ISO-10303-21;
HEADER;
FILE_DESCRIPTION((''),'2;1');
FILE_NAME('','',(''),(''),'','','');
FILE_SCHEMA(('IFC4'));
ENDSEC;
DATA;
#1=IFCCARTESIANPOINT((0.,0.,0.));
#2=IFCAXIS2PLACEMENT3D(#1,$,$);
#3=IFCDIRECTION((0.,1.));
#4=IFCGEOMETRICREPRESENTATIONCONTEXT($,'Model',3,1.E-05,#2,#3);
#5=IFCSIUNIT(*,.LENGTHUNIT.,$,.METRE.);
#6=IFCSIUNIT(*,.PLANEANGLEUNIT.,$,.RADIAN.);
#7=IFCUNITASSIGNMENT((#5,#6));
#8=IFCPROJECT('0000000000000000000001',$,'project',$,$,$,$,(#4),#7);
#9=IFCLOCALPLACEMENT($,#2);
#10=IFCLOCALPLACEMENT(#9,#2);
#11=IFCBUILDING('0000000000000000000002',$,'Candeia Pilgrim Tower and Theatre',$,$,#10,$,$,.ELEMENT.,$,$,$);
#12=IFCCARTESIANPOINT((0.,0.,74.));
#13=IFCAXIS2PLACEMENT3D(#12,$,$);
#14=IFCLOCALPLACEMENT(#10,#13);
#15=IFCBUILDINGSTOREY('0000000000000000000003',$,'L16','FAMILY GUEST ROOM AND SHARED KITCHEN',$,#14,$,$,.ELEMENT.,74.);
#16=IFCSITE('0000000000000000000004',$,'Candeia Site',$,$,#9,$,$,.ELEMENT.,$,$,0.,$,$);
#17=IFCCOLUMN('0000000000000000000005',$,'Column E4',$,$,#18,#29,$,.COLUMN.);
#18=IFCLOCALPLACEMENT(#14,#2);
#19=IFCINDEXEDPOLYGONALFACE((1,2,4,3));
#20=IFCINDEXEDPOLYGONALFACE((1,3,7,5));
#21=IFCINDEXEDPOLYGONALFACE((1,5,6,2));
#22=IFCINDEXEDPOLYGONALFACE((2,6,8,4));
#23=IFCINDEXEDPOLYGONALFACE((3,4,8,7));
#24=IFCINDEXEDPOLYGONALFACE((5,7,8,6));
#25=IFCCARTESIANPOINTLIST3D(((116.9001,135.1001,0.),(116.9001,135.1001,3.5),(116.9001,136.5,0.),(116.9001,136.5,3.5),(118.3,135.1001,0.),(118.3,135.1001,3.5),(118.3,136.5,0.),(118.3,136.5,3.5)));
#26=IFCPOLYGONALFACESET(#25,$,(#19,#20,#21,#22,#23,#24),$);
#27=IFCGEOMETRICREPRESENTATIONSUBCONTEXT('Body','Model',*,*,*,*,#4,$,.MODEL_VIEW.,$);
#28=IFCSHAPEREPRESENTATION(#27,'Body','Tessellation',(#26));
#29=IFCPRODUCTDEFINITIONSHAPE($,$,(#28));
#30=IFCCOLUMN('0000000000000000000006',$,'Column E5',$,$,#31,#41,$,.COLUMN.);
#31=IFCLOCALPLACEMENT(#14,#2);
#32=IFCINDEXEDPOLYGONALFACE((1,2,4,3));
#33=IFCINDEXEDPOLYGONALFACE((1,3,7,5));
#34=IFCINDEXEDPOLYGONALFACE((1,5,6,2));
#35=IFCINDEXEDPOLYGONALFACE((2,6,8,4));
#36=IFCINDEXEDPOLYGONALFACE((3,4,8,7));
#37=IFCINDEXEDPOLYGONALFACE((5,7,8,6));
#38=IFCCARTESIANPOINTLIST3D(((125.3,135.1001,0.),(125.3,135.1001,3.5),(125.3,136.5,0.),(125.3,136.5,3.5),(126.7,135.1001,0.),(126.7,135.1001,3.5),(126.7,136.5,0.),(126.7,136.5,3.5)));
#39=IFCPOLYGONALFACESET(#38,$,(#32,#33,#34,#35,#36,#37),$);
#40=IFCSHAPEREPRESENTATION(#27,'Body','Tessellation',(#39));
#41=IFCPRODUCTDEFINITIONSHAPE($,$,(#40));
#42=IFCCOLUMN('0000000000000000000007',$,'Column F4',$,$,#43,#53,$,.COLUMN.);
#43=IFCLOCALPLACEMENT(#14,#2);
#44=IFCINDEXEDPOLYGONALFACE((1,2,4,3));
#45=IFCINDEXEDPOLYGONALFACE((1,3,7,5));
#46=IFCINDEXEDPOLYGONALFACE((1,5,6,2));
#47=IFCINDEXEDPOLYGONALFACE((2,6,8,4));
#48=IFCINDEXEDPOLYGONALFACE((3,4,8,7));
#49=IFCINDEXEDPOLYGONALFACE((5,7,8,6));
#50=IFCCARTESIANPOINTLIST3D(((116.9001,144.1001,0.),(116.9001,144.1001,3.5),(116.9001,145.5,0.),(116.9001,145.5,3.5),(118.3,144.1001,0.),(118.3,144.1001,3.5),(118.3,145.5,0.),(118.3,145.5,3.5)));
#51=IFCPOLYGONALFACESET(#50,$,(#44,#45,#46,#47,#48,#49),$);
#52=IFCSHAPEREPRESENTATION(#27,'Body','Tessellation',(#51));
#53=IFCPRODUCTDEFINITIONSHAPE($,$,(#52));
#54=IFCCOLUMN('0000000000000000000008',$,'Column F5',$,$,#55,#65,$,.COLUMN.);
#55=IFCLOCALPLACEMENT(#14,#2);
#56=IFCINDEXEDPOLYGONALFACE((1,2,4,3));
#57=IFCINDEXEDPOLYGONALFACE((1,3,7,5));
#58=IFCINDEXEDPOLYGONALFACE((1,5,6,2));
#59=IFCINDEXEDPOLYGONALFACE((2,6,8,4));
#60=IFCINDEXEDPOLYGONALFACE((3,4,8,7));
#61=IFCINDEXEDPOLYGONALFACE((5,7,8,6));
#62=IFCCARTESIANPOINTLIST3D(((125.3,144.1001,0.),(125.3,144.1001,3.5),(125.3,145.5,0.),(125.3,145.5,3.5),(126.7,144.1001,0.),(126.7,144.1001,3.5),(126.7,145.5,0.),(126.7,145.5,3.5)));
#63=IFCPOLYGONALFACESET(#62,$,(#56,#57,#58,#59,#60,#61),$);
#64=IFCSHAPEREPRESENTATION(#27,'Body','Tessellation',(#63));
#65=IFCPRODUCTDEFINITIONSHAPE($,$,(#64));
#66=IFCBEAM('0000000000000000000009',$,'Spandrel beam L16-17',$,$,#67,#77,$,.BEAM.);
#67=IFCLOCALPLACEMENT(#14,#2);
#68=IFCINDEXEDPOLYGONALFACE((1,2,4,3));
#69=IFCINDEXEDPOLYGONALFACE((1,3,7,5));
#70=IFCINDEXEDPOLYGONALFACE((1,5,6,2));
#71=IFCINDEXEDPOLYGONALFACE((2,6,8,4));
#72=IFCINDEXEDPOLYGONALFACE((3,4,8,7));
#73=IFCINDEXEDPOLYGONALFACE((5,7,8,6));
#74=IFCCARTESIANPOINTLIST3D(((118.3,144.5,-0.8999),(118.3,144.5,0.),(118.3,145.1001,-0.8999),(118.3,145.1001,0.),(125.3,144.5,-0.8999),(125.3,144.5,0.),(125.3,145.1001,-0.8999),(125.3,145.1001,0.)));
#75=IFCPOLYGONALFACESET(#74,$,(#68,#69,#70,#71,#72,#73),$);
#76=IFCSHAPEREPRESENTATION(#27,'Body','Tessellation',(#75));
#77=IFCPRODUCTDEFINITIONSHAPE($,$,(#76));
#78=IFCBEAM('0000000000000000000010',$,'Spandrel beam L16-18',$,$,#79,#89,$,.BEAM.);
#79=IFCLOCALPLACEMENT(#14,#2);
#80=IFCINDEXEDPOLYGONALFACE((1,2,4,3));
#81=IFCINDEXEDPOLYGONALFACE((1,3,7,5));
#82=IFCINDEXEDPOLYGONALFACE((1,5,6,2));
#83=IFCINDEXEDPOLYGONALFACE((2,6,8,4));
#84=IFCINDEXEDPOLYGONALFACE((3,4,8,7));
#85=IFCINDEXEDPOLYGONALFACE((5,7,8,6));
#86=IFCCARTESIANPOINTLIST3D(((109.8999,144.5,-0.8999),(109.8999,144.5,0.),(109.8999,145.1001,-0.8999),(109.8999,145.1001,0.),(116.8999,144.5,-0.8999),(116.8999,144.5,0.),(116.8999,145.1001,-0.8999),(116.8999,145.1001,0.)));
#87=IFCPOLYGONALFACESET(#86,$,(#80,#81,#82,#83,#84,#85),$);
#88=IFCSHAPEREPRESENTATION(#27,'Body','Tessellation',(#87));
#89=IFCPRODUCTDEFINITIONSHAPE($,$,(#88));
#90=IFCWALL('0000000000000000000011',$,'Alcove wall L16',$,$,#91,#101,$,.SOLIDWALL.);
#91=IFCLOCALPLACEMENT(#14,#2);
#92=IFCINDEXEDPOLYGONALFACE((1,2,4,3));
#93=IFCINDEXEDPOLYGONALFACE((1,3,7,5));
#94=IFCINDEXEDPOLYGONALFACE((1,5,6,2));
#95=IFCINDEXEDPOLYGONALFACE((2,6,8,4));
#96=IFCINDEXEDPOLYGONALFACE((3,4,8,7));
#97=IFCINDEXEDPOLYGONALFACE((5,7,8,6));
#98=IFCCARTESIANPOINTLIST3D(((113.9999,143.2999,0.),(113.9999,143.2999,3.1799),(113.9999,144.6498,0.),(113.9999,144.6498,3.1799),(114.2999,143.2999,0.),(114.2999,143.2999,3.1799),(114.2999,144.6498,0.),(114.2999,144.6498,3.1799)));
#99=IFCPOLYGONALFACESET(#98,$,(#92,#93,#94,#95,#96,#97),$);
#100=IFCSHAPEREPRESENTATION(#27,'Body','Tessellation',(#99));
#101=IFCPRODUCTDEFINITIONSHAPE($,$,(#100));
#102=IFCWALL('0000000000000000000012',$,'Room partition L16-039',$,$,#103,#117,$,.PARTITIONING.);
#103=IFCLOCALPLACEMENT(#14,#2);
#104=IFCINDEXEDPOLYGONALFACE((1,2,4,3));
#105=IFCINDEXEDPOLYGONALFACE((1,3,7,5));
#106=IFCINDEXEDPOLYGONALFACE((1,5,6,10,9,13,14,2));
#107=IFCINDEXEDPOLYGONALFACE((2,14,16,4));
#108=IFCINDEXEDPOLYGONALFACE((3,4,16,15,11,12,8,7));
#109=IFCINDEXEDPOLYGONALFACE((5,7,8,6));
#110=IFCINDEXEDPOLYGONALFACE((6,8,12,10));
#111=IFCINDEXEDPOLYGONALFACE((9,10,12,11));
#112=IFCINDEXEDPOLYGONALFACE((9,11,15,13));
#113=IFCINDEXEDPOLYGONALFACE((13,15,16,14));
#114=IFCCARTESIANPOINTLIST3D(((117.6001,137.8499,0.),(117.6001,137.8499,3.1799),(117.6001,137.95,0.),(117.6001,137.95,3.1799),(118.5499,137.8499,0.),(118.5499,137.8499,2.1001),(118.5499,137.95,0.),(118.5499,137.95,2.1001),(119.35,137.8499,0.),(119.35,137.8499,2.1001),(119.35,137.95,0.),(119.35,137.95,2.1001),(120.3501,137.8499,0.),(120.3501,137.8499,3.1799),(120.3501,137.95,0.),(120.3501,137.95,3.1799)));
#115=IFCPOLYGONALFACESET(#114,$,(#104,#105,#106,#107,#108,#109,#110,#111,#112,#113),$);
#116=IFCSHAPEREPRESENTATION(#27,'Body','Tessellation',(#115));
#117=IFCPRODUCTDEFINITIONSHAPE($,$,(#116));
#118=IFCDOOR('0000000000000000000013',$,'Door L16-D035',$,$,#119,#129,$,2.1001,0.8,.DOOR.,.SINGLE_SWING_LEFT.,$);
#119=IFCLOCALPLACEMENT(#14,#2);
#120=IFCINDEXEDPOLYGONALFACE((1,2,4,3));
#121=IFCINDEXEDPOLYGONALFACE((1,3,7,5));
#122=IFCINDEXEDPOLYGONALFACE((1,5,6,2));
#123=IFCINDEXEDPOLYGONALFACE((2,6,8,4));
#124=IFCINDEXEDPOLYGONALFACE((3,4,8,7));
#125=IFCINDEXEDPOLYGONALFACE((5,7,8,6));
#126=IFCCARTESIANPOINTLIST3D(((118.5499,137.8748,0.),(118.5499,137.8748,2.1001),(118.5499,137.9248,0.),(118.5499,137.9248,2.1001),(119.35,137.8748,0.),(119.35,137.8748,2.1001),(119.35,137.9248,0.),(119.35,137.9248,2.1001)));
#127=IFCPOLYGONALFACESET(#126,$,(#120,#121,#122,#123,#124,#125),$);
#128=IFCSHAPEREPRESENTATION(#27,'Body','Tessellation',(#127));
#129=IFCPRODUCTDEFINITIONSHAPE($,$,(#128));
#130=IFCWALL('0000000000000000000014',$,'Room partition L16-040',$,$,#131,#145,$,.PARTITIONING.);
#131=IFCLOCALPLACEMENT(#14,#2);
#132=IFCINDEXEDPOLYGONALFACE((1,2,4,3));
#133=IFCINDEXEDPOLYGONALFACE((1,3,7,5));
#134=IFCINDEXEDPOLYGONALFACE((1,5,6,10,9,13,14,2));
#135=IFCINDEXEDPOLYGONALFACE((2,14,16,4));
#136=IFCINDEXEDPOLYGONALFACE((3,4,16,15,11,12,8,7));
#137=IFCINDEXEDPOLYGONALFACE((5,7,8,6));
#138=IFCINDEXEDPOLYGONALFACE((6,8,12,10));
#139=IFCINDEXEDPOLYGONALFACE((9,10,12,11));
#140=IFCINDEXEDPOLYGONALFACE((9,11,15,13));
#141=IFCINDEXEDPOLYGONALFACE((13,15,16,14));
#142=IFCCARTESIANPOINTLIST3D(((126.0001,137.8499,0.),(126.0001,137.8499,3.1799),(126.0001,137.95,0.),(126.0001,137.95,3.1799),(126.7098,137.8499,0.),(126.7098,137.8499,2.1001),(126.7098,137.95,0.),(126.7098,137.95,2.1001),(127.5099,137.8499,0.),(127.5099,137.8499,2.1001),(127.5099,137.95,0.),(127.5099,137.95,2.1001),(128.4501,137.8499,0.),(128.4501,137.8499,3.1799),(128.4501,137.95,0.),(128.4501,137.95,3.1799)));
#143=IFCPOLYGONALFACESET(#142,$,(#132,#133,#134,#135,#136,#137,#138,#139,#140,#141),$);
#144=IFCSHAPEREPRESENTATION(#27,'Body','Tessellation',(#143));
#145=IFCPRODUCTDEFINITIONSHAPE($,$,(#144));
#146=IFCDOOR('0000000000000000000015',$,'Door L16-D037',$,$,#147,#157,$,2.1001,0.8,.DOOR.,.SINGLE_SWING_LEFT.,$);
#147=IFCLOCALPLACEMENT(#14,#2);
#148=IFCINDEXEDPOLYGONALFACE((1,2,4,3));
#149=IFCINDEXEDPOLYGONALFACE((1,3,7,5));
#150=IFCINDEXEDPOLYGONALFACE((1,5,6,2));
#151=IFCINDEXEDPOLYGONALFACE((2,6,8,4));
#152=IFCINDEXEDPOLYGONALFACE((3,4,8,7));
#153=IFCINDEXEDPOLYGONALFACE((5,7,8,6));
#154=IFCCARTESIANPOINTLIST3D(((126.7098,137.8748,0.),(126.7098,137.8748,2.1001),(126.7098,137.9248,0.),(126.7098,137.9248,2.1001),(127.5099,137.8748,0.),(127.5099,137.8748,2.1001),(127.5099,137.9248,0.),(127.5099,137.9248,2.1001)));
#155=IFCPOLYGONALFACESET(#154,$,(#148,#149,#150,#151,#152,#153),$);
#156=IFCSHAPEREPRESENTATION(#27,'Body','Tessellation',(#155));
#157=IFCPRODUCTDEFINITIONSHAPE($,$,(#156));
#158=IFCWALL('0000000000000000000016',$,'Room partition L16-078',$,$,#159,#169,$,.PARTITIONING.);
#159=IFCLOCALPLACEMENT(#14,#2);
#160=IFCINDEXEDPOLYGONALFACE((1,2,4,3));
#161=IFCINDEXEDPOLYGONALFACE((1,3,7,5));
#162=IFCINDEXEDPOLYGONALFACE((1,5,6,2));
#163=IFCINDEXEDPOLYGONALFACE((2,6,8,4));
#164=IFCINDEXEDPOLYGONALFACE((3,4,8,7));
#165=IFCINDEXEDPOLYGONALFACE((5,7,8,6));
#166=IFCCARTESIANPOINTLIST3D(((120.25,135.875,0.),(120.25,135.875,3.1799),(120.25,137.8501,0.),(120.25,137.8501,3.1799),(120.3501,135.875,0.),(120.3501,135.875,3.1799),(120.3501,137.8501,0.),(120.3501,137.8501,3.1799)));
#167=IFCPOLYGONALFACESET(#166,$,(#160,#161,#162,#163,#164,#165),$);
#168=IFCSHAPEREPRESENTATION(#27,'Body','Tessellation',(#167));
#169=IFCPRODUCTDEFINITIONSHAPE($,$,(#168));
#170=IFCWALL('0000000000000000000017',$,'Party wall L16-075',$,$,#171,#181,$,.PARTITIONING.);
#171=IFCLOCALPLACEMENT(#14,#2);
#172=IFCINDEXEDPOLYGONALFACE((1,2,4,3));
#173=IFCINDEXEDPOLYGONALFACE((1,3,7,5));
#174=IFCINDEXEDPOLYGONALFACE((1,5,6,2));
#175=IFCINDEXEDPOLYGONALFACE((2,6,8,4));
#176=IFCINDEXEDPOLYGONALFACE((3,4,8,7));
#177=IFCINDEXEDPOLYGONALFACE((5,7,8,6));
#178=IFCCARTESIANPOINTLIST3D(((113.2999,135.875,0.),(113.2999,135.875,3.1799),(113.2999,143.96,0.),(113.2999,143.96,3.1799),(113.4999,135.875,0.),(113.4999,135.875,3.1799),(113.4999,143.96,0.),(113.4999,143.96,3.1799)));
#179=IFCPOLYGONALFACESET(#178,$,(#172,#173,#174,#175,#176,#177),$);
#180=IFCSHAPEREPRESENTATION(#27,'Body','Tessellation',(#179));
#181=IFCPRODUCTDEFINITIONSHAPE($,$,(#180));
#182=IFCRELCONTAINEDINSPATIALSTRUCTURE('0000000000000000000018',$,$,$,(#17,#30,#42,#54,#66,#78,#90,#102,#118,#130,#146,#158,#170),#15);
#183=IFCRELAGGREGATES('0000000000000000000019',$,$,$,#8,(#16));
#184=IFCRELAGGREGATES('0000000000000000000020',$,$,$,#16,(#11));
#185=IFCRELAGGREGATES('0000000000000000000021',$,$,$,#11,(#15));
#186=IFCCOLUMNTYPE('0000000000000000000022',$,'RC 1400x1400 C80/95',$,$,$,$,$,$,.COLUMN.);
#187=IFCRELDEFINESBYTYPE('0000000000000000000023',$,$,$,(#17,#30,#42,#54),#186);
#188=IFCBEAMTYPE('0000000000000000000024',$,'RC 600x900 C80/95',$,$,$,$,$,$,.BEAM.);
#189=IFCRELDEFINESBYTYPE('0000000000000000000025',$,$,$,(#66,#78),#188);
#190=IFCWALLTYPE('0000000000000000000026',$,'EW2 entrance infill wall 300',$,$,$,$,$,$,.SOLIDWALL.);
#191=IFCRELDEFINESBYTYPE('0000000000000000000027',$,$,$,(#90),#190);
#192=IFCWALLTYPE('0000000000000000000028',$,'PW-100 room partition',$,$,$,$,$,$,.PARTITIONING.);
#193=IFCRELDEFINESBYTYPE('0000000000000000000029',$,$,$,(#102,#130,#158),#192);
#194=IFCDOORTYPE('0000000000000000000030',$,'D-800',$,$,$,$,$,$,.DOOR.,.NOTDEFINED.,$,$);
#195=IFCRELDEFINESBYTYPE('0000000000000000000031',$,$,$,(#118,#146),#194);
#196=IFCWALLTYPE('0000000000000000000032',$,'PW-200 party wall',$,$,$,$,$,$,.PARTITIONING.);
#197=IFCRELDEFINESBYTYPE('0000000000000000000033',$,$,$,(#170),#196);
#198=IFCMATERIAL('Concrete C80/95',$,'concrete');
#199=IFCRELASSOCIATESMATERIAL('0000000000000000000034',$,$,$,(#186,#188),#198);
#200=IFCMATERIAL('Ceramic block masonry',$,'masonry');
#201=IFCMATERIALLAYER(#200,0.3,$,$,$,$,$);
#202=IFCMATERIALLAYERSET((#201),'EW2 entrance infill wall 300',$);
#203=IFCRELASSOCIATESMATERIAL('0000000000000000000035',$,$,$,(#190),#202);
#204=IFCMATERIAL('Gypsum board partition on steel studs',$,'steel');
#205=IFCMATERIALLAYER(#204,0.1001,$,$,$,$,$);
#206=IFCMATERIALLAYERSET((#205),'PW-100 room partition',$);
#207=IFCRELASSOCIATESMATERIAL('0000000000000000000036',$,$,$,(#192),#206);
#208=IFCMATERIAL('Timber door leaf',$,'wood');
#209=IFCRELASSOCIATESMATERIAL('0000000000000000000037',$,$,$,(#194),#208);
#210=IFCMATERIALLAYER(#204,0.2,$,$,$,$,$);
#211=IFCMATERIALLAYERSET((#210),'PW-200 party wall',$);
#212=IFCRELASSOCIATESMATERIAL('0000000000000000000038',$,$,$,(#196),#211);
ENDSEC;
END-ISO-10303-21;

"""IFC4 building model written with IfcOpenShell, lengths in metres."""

from ifc_helpers import new_model, si_unit, direction, frame, frame_2d, origin, origin_2d, place, context, subcontext, project, spatial, rectangle, extrude, material, layer, layer_set, material_profile, profile_set, type_object, element, fill, save


model = new_model("IFC4")

# Units and contexts
model_context = context("Model", 3, precision=1e-05, world=origin(), true_north=direction((0.0, 1.0)))
body_context = subcontext(model_context, "Body", "Model", "MODEL_VIEW")
ifc_project = project(units=[si_unit("LENGTHUNIT", "METRE"), si_unit("PLANEANGLEUNIT", "RADIAN")], contexts=[model_context])

# Site, building, storey
site_placement = place(None, origin())
site = spatial("IfcSite", under=ifc_project, at=site_placement, Name="Candeia Site", CompositionType="ELEMENT", RefElevation=0.0)
building_placement = place(site_placement, origin())
building = spatial("IfcBuilding", under=site, at=building_placement, Name="Candeia Pilgrim Tower and Theatre", CompositionType="ELEMENT")
storey_placement = place(building_placement, frame((0.0, 0.0, 74.0)))
storey = spatial("IfcBuildingStorey", under=building, at=storey_placement, Name="L16", Description="FAMILY GUEST ROOM AND SHARED KITCHEN", CompositionType="ELEMENT", Elevation=74.0)

# Columns
ifc_material_1 = material(Name="Concrete C80/95", Category="concrete")
ifc_material_profile_1 = material_profile(ifc_material_1, rectangle(XDim=1.3999, YDim=1.3999, at=origin_2d()))
ifc_profile_set_1 = profile_set([ifc_material_profile_1], Name="Concrete C80/95")
column_type = type_object("IfcColumnType", Name="RC 1400x1400 C80/95", PredefinedType="COLUMN", material=ifc_profile_set_1)
for number, where, z_axis, x_axis, name in (
    (1, (117.6001, 135.8, 0.0), (0.0, 0.0, 1.0), (1.0, 0.0, 0.0), "Column E4"),
    (2, (126.0, 135.8, 0.0), (0.0, 0.0, 1.0), (1.0, 0.0, 0.0), "Column E5"),
    (3, (117.6001, 144.8, 0.0), (0.0, 0.0, 1.0), (1.0, 0.0, 0.0), "Column F4"),
    (4, (126.0, 144.8, 0.0), (0.0, 0.0, 1.0), (1.0, 0.0, 0.0), "Column F5"),
):
    element("IfcColumn", number, at=place(storey_placement, frame(where, z_axis=z_axis, x_axis=x_axis)), inside=storey, type_object=column_type, Name=name, PredefinedType="COLUMN", context=body_context, shape_type="SweptSolid", body=[
        extrude(rectangle(XDim=1.3999, YDim=1.3999, at=origin_2d()), origin(), (0.0, 0.0, 1.0), 3.5),
    ])

# Beams
ifc_material_profile_2 = material_profile(ifc_material_1, rectangle(XDim=0.6001, YDim=0.8999, at=origin_2d()))
ifc_profile_set_2 = profile_set([ifc_material_profile_2], Name="Concrete C80/95")
beam_type = type_object("IfcBeamType", Name="RC 600x900 C80/95", PredefinedType="BEAM", material=ifc_profile_set_2)
for number, where, z_axis, x_axis, name in (
    (5, (125.3, 144.8, -0.45), (-1.0, 0.0, 0.0), (0.0, -1.0, 0.0), "Spandrel beam L16-17"),
    (6, (116.8999, 144.8, -0.45), (-1.0, 0.0, 0.0), (0.0, -1.0, 0.0), "Spandrel beam L16-18"),
):
    element("IfcBeam", number, at=place(storey_placement, frame(where, z_axis=z_axis, x_axis=x_axis)), inside=storey, type_object=beam_type, Name=name, PredefinedType="BEAM", context=body_context, shape_type="SweptSolid", body=[
        extrude(rectangle(XDim=0.6001, YDim=0.8999, at=origin_2d()), origin(), (0.0, 0.0, 1.0), 7.0),
    ])

# Wall
ifc_material_2 = material(Name="Ceramic block masonry", Category="masonry")
ifc_layer_1 = layer(ifc_material_2, 0.3)
ifc_layer_set_1 = layer_set([ifc_layer_1], Name="EW2 entrance infill wall 300")
wall_type_1 = type_object("IfcWallType", Name="EW2 entrance infill wall 300", PredefinedType="SOLIDWALL", material=ifc_layer_set_1)
wall_1_placement = place(storey_placement, frame((114.1499, 143.3, 0.0), z_axis=(0.0, 0.0, 1.0), x_axis=(0.0, 1.0, 0.0)))
element("IfcWall", 7, at=wall_1_placement, inside=storey, type_object=wall_type_1, Name="Alcove wall L16", PredefinedType="SOLIDWALL", context=body_context, shape_type="SweptSolid", body=[
    extrude(rectangle(XDim=1.3499, YDim=0.3, at=frame_2d((0.6748, 0.0))), origin(), (0.0, 0.0, 1.0), 3.1799),
])

# Walls, openings, doors
ifc_material_3 = material(Name="Gypsum board partition on steel studs", Category="steel")
ifc_layer_2 = layer(ifc_material_3, 0.1001)
ifc_layer_set_2 = layer_set([ifc_layer_2], Name="PW-100 room partition")
wall_type_2 = type_object("IfcWallType", Name="PW-100 room partition", PredefinedType="PARTITIONING", material=ifc_layer_set_2)
wall_2_placement = place(storey_placement, frame((117.6001, 137.8999, 0.0), z_axis=(0.0, 0.0, 1.0), x_axis=(1.0, 0.0, 0.0)))
wall_2 = element("IfcWall", 8, at=wall_2_placement, inside=storey, type_object=wall_type_2, Name="Room partition L16-039", PredefinedType="PARTITIONING", context=body_context, shape_type="SweptSolid", body=[
    extrude(rectangle(XDim=2.75, YDim=0.1001, at=frame_2d((1.375, 0.0))), origin(), (0.0, 0.0, 1.0), 3.1799),
])
opening_1_placement = place(wall_2_placement, frame((0.95, 0.0, 0.0)))
opening_1 = element("IfcOpeningElement", 9, at=opening_1_placement, cuts=wall_2, PredefinedType="OPENING", context=body_context, shape_type="SweptSolid", body=[
    extrude(rectangle(XDim=0.8, YDim=2.1001, at=frame_2d((0.3999, 1.05))), frame((0.0, 0.0601, 0.0), z_axis=(0.0, -1.0, 0.0), x_axis=(1.0, 0.0, 0.0)), (0.0, 0.0, 1.0), 0.1201),
])
ifc_material_4 = material(Name="Timber door leaf", Category="wood")
door_type_1 = type_object("IfcDoorType", Name="D-800", OperationType="NOTDEFINED", PredefinedType="DOOR", material=ifc_material_4)
door_1_placement = place(opening_1_placement, origin())
door_1 = element("IfcDoor", 10, at=door_1_placement, inside=storey, type_object=door_type_1, Name="Door L16-D035", OperationType="SINGLE_SWING_LEFT", OverallHeight=2.1001, OverallWidth=0.8, PredefinedType="DOOR", context=body_context, shape_type="SweptSolid", body=[
    extrude(rectangle(XDim=0.8, YDim=2.1001, at=frame_2d((0.3999, 1.05))), frame((0.0, 0.0249, 0.0), z_axis=(0.0, -1.0, 0.0), x_axis=(1.0, 0.0, 0.0)), (0.0, 0.0, 1.0), 0.05),
])
fill(opening_1, door_1)
wall_3_placement = place(storey_placement, frame((126.0, 137.8999, 0.0), z_axis=(0.0, 0.0, 1.0), x_axis=(1.0, 0.0, 0.0)))
wall_3 = element("IfcWall", 11, at=wall_3_placement, inside=storey, type_object=wall_type_2, Name="Room partition L16-040", PredefinedType="PARTITIONING", context=body_context, shape_type="SweptSolid", body=[
    extrude(rectangle(XDim=2.45, YDim=0.1001, at=frame_2d((1.2251, 0.0))), origin(), (0.0, 0.0, 1.0), 3.1799),
])
opening_2_placement = place(wall_3_placement, frame((0.71, 0.0, 0.0)))
opening_2 = element("IfcOpeningElement", 12, at=opening_2_placement, cuts=wall_3, PredefinedType="OPENING", context=body_context, shape_type="SweptSolid", body=[
    extrude(rectangle(XDim=0.8, YDim=2.1001, at=frame_2d((0.3999, 1.05))), frame((0.0, 0.0601, 0.0), z_axis=(0.0, -1.0, 0.0), x_axis=(1.0, 0.0, 0.0)), (0.0, 0.0, 1.0), 0.1201),
])
door_2_placement = place(opening_2_placement, origin())
door_2 = element("IfcDoor", 13, at=door_2_placement, inside=storey, type_object=door_type_1, Name="Door L16-D037", OperationType="SINGLE_SWING_LEFT", OverallHeight=2.1001, OverallWidth=0.8, PredefinedType="DOOR", context=body_context, shape_type="SweptSolid", body=[
    extrude(rectangle(XDim=0.8, YDim=2.1001, at=frame_2d((0.3999, 1.05))), frame((0.0, 0.0249, 0.0), z_axis=(0.0, -1.0, 0.0), x_axis=(1.0, 0.0, 0.0)), (0.0, 0.0, 1.0), 0.05),
])
fill(opening_2, door_2)

# Walls
wall_4_placement = place(storey_placement, frame((120.3, 135.875, 0.0), z_axis=(0.0, 0.0, 1.0), x_axis=(0.0, 1.0, 0.0)))
element("IfcWall", 14, at=wall_4_placement, inside=storey, type_object=wall_type_2, Name="Room partition L16-078", PredefinedType="PARTITIONING", context=body_context, shape_type="SweptSolid", body=[
    extrude(rectangle(XDim=1.9751, YDim=0.1001, at=frame_2d((0.9875, 0.0))), origin(), (0.0, 0.0, 1.0), 3.1799),
])
ifc_layer_3 = layer(ifc_material_3, 0.2)
ifc_layer_set_3 = layer_set([ifc_layer_3], Name="PW-200 party wall")
wall_type_3 = type_object("IfcWallType", Name="PW-200 party wall", PredefinedType="PARTITIONING", material=ifc_layer_set_3)
wall_5_placement = place(storey_placement, frame((113.3999, 135.875, 0.0), z_axis=(0.0, 0.0, 1.0), x_axis=(0.0, 1.0, 0.0)))
element("IfcWall", 15, at=wall_5_placement, inside=storey, type_object=wall_type_3, Name="Party wall L16-075", PredefinedType="PARTITIONING", context=body_context, shape_type="SweptSolid", body=[
    extrude(rectangle(XDim=8.085, YDim=0.2, at=frame_2d((4.0425, 0.0))), origin(), (0.0, 0.0, 1.0), 3.1799),
])

save(model, "model.ifc")
